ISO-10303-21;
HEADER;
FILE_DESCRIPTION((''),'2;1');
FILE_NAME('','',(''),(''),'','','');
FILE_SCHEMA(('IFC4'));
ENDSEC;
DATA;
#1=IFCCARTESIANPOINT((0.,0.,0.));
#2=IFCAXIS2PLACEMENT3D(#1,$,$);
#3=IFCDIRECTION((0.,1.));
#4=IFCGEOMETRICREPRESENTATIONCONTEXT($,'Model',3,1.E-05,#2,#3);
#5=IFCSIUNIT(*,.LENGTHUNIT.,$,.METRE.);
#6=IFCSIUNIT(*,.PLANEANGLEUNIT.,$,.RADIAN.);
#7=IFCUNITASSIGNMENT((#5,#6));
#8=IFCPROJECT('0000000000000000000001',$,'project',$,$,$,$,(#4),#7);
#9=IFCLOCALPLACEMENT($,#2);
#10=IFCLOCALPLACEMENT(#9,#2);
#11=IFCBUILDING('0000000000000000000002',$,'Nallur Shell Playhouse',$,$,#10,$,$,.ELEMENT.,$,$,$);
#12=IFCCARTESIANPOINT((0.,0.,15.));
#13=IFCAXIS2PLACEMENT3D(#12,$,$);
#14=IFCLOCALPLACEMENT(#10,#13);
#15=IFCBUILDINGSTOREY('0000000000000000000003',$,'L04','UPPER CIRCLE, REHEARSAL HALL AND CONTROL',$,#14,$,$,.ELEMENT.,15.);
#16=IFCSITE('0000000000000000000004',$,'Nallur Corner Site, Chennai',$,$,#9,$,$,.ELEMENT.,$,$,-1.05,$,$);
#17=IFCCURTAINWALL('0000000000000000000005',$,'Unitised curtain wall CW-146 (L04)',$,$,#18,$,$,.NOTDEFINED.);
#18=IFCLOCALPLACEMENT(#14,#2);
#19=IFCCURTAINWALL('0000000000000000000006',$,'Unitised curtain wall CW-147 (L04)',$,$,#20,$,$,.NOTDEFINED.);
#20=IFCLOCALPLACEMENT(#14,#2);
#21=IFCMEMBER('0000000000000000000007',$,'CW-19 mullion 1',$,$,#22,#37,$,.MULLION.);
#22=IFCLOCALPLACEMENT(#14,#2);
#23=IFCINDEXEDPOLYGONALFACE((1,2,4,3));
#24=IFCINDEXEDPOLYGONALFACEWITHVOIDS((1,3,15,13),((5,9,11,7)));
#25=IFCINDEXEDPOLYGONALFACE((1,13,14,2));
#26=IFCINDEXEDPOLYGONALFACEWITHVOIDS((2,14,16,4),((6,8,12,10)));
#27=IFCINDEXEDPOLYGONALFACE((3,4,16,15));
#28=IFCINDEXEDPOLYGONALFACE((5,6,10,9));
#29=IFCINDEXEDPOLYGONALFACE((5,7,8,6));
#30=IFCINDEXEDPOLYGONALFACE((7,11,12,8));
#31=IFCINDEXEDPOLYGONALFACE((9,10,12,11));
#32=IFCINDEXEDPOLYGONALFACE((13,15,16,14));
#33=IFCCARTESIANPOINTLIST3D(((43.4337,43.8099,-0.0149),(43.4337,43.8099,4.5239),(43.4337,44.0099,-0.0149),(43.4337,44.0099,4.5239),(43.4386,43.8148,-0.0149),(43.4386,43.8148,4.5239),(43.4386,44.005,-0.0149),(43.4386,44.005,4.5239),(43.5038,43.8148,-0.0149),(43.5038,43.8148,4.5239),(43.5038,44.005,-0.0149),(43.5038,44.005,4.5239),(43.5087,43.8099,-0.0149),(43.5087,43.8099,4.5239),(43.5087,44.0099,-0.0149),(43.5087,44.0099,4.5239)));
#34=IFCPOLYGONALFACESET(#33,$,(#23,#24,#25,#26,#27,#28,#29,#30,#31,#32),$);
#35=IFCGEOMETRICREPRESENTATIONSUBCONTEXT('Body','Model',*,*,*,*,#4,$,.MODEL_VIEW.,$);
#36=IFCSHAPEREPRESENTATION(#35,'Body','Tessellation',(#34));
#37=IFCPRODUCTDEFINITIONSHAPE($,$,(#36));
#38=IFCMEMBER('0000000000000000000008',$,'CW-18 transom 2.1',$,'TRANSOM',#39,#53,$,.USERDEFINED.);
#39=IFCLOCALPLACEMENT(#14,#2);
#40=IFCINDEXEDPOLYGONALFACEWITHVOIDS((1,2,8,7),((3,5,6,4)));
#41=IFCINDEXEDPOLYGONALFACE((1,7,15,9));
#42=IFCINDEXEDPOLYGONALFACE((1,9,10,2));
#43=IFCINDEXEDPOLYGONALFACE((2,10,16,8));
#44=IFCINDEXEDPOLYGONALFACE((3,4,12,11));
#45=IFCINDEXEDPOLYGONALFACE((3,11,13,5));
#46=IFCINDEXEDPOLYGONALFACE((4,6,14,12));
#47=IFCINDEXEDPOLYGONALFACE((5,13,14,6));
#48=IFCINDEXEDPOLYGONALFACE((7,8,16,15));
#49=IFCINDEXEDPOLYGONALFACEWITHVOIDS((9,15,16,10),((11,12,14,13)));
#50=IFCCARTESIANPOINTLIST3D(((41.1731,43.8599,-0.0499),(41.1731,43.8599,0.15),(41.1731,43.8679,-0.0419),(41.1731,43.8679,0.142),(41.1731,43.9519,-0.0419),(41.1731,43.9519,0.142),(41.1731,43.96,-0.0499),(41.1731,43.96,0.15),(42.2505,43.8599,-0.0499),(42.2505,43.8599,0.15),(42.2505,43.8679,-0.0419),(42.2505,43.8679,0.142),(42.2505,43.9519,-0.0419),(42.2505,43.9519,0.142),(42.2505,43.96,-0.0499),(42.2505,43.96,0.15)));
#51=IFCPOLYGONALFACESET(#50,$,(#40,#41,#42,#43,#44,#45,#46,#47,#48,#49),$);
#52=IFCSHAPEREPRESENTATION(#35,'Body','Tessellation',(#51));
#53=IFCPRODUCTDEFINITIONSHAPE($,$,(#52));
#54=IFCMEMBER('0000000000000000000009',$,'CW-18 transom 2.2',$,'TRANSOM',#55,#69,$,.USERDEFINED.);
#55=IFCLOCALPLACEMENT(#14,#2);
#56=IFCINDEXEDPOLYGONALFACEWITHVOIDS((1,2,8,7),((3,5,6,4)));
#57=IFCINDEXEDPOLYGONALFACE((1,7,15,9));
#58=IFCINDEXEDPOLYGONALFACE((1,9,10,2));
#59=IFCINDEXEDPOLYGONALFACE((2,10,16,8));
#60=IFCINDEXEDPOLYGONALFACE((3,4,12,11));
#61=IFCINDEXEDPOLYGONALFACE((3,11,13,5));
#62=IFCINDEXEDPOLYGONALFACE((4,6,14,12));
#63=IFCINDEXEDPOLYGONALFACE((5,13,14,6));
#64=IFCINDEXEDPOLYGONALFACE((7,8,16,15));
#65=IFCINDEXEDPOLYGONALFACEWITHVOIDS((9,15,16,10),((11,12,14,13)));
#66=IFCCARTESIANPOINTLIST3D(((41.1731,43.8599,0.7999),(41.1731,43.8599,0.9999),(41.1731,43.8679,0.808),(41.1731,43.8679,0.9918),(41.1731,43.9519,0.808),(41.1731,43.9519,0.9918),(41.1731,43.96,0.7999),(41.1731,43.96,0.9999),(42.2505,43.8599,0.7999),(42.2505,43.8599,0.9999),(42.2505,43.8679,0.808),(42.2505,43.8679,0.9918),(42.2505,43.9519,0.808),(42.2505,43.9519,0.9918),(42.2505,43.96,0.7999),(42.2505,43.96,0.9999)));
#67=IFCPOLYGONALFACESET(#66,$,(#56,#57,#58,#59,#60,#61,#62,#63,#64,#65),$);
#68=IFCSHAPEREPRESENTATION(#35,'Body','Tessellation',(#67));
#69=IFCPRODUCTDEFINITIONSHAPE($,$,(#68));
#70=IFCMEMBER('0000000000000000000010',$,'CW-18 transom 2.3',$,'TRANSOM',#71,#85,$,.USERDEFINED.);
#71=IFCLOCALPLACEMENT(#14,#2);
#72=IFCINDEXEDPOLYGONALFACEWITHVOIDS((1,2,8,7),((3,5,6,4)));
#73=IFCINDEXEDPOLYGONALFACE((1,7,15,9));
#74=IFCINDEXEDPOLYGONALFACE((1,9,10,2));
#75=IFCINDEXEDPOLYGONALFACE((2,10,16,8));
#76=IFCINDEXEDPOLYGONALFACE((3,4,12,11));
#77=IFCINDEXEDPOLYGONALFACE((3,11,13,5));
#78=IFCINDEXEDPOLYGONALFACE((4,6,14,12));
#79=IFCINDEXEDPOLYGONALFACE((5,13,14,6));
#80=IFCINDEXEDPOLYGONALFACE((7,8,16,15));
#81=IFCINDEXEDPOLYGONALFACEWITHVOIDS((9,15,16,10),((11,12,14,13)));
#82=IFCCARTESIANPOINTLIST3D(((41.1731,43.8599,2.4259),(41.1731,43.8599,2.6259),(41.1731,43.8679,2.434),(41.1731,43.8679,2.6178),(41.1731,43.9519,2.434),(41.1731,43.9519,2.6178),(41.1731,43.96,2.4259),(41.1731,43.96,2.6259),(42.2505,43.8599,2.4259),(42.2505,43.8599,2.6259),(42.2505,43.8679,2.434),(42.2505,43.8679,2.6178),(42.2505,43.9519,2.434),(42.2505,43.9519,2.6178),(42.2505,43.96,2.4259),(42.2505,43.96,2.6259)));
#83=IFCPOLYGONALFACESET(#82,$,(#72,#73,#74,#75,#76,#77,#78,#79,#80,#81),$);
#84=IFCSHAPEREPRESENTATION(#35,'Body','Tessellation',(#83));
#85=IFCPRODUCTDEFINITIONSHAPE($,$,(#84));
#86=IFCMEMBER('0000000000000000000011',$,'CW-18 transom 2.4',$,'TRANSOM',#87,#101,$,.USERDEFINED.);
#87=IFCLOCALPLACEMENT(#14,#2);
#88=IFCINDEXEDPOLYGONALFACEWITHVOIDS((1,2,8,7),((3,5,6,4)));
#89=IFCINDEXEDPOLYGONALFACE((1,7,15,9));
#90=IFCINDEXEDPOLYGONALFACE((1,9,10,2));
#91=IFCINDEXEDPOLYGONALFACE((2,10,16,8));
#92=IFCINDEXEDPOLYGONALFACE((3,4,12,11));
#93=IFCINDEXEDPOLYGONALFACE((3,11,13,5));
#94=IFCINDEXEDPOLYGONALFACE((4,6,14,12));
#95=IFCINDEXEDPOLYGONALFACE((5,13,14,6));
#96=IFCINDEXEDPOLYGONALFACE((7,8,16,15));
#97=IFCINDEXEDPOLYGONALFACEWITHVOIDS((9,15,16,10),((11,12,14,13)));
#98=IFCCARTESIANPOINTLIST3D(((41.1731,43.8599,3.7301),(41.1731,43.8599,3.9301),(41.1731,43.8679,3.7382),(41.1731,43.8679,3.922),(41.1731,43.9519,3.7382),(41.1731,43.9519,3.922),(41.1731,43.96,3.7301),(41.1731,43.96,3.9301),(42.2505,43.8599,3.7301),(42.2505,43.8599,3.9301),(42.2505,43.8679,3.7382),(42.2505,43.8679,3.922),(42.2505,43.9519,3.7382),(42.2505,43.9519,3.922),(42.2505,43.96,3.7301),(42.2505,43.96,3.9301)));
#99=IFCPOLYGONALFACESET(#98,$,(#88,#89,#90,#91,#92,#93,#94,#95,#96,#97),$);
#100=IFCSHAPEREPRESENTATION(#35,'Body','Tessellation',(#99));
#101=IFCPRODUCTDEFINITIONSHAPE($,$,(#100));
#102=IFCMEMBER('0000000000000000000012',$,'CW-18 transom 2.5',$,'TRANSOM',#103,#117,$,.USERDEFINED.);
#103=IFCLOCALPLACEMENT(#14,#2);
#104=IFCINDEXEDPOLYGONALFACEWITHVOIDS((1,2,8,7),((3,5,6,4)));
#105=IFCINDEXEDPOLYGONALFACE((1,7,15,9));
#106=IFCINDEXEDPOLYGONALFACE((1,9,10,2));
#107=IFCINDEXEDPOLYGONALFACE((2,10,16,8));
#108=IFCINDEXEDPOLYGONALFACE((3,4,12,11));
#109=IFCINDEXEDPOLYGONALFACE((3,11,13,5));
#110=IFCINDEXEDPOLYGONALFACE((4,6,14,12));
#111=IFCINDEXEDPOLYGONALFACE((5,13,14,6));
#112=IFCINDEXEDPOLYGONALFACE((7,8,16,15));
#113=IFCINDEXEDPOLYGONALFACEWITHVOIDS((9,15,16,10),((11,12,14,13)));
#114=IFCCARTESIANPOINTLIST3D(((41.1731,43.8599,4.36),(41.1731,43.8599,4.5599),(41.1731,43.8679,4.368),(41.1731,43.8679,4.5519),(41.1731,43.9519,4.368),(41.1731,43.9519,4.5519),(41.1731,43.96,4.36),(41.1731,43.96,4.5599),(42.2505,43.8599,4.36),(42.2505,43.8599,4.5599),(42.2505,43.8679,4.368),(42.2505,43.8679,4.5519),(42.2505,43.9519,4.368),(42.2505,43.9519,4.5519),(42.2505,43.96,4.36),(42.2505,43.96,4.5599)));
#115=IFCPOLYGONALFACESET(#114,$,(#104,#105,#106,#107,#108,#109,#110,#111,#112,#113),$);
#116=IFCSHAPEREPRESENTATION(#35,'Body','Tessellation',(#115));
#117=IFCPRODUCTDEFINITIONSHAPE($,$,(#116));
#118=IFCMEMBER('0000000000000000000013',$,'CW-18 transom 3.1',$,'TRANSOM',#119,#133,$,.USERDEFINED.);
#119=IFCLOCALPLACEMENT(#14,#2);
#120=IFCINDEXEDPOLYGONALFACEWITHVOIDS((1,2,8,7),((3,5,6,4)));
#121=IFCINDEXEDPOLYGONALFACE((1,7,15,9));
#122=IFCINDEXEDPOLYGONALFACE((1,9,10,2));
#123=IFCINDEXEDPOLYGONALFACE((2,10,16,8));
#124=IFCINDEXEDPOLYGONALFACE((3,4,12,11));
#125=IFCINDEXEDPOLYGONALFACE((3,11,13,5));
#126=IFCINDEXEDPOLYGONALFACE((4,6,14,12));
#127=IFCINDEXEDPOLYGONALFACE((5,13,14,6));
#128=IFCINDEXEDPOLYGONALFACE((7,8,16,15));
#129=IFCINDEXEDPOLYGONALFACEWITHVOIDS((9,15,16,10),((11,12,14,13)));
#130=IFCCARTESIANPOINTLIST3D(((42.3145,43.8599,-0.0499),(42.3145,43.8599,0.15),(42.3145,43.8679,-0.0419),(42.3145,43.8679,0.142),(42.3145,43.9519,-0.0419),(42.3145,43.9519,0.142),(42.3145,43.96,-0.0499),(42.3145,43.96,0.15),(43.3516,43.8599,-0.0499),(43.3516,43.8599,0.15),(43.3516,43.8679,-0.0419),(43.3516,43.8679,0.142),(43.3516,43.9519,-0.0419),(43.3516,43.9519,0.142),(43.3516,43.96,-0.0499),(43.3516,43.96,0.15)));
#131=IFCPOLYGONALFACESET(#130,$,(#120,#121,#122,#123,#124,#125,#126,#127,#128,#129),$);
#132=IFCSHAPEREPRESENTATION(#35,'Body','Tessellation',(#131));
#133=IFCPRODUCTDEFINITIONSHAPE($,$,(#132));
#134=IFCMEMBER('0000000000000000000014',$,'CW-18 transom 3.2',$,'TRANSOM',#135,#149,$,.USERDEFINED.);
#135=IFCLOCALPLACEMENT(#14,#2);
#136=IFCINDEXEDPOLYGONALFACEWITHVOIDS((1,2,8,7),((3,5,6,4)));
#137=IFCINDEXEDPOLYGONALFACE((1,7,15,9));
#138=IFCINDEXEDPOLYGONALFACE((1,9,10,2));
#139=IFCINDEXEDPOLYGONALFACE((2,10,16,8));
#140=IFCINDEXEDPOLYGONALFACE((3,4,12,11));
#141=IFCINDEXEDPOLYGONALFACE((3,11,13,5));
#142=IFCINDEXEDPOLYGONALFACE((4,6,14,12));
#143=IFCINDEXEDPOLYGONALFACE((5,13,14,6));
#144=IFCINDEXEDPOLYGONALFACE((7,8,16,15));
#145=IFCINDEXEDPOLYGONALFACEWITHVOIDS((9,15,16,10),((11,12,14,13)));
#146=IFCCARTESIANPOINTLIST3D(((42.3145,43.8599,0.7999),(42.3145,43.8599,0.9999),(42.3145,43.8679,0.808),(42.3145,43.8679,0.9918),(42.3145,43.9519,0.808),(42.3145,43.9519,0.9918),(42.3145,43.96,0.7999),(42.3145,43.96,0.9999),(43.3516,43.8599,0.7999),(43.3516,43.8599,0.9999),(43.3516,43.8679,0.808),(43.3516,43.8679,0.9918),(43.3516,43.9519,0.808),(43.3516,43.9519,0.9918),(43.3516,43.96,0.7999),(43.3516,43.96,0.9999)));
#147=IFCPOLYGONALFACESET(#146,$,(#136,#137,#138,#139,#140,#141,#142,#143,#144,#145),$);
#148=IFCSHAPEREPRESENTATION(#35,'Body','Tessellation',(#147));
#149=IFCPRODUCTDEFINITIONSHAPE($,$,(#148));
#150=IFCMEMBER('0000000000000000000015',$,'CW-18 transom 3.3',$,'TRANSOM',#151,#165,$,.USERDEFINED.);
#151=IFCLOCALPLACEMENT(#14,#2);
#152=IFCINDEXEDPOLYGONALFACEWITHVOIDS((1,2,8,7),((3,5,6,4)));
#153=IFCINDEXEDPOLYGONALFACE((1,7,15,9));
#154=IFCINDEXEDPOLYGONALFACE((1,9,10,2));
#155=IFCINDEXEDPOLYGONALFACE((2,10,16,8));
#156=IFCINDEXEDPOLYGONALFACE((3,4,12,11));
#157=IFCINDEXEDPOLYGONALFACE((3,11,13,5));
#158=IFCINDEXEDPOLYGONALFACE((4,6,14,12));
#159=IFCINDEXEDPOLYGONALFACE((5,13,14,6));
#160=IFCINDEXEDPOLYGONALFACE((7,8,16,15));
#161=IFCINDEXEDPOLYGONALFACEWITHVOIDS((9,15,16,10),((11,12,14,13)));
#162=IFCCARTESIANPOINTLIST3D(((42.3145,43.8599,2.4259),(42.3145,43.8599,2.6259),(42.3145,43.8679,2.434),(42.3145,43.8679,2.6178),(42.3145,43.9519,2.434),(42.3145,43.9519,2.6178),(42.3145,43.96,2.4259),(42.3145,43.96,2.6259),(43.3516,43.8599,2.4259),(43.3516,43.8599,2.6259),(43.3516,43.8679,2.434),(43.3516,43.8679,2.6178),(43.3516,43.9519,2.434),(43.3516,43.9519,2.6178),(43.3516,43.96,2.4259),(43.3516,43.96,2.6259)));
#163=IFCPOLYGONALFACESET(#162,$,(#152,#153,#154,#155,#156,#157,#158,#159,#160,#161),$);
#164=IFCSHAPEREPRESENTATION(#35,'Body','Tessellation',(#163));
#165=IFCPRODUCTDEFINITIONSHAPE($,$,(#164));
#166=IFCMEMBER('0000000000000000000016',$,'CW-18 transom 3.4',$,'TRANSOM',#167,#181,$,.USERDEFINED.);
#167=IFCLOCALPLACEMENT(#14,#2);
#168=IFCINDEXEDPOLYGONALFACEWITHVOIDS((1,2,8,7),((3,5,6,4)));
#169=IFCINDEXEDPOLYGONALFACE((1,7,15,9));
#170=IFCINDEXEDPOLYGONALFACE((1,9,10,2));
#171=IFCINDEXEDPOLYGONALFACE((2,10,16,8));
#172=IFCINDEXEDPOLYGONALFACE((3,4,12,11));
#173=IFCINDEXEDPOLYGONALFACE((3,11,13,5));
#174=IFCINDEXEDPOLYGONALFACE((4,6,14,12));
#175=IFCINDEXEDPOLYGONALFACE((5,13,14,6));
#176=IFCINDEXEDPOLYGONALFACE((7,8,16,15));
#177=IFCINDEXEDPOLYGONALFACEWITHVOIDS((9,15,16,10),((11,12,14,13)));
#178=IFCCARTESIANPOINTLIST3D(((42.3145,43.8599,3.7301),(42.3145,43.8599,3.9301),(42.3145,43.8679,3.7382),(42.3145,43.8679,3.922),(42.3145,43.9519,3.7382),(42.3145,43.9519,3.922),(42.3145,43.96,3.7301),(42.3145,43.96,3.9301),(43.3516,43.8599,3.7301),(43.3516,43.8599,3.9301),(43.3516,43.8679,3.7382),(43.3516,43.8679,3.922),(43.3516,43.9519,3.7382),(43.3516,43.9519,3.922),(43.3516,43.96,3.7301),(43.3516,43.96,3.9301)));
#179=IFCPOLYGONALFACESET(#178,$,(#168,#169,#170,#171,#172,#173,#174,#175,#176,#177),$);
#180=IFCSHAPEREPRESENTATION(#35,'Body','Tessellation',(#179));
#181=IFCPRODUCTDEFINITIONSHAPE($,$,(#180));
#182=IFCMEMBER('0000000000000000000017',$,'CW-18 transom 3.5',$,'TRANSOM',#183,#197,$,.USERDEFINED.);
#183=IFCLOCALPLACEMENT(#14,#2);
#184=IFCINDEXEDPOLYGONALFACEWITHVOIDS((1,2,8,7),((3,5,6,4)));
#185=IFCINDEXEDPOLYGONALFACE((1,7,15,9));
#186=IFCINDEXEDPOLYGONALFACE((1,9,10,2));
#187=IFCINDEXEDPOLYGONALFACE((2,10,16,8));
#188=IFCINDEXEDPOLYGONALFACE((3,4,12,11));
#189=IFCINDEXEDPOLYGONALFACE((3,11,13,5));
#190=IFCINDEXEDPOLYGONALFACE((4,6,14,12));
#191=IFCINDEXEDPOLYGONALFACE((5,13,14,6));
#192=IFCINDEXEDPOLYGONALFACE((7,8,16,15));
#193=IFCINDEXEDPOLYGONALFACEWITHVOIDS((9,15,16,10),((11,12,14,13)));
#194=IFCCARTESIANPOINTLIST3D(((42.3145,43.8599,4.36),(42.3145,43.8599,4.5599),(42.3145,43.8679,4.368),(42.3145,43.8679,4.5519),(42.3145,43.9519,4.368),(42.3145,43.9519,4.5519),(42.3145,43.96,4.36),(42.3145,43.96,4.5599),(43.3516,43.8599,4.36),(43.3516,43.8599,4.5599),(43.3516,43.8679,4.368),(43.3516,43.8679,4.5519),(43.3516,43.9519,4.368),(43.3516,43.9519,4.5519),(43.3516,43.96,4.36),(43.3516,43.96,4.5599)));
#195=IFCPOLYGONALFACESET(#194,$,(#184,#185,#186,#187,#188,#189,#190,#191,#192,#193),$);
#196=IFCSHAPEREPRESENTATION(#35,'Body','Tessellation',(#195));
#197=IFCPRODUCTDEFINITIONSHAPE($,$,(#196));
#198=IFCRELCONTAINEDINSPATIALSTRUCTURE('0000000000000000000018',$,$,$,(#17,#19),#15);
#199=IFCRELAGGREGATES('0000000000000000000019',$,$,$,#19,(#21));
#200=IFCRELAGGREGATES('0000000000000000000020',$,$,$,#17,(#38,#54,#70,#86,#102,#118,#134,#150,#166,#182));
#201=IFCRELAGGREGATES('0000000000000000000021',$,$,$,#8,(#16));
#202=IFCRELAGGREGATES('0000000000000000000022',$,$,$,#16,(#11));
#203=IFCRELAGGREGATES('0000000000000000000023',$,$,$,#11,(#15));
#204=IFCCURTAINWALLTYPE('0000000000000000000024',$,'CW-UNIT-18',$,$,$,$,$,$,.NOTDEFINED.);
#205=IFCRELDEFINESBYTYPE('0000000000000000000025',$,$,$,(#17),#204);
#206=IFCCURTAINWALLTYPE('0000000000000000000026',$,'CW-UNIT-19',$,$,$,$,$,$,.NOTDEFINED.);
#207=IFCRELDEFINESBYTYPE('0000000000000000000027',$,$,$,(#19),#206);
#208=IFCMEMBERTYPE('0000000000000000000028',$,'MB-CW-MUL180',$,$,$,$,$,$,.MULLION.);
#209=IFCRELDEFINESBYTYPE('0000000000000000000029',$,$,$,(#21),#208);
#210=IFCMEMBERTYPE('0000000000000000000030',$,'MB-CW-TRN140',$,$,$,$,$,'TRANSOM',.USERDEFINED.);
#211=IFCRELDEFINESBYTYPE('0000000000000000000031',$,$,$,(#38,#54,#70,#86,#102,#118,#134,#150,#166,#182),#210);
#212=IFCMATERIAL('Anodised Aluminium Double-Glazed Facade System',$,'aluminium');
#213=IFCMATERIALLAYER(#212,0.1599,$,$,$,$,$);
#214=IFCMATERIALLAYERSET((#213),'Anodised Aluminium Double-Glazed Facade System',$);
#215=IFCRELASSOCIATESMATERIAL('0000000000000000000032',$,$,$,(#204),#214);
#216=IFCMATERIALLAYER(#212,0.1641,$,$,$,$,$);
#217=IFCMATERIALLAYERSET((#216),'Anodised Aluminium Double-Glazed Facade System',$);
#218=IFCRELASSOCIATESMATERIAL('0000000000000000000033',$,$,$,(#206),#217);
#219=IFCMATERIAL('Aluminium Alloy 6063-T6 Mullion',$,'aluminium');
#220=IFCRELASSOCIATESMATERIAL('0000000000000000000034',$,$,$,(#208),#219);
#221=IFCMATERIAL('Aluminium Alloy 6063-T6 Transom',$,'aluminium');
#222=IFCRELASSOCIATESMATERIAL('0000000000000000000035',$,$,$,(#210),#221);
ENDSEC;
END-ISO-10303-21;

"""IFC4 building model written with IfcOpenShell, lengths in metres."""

from ifc_helpers import new_model, si_unit, direction, frame, origin, origin_2d, place, context, subcontext, project, spatial, hollow_rectangle, extrude, material, layer, layer_set, material_profile, profile_set, type_object, element, aggregate, save


model = new_model("IFC4")

# Units and contexts
model_context = context("Model", 3, precision=1e-05, world=origin(), true_north=direction((0.0, 1.0)))
body_context = subcontext(model_context, "Body", "Model", "MODEL_VIEW")
ifc_project = project(units=[si_unit("LENGTHUNIT", "METRE"), si_unit("PLANEANGLEUNIT", "RADIAN")], contexts=[model_context])

# Site, building, storey
site_placement = place(None, origin())
site = spatial("IfcSite", under=ifc_project, at=site_placement, Name="Nallur Corner Site, Chennai", CompositionType="ELEMENT", RefElevation=-1.05)
building_placement = place(site_placement, origin())
building = spatial("IfcBuilding", under=site, at=building_placement, Name="Nallur Shell Playhouse", CompositionType="ELEMENT")
storey_placement = place(building_placement, frame((0.0, 0.0, 15.0)))
storey = spatial("IfcBuildingStorey", under=building, at=storey_placement, Name="L04", Description="UPPER CIRCLE, REHEARSAL HALL AND CONTROL", CompositionType="ELEMENT", Elevation=15.0)

# Curtain wall
ifc_material_1 = material(Name="Anodised Aluminium Double-Glazed Facade System", Category="aluminium")
ifc_layer_1 = layer(ifc_material_1, 0.1599)
ifc_layer_set_1 = layer_set([ifc_layer_1], Name="Anodised Aluminium Double-Glazed Facade System")
curtain_wall_type_1 = type_object("IfcCurtainWallType", Name="CW-UNIT-18", PredefinedType="NOTDEFINED", material=ifc_layer_set_1)
curtain_wall_1_placement = place(storey_placement, origin())
curtain_wall_1 = element("IfcCurtainWall", 1, at=curtain_wall_1_placement, inside=storey, type_object=curtain_wall_type_1, Name="Unitised curtain wall CW-146 (L04)", PredefinedType="NOTDEFINED")
ifc_material_2 = material(Name="Aluminium Alloy 6063-T6 Mullion", Category="aluminium")

# Curtain wall, member
ifc_layer_2 = layer(ifc_material_1, 0.1641)
ifc_layer_set_2 = layer_set([ifc_layer_2], Name="Anodised Aluminium Double-Glazed Facade System")
curtain_wall_type_2 = type_object("IfcCurtainWallType", Name="CW-UNIT-19", PredefinedType="NOTDEFINED", material=ifc_layer_set_2)
curtain_wall_2_placement = place(storey_placement, origin())
curtain_wall_2 = element("IfcCurtainWall", 2, at=curtain_wall_2_placement, inside=storey, type_object=curtain_wall_type_2, Name="Unitised curtain wall CW-147 (L04)", PredefinedType="NOTDEFINED")
ifc_material_profile_1 = material_profile(ifc_material_2, hollow_rectangle(XDim=0.075, YDim=0.2, WallThickness=0.0049, at=origin_2d()), Name="ALU 75x200x5")
ifc_profile_set_1 = profile_set([ifc_material_profile_1], Name="Aluminium Alloy 6063-T6 Mullion")
member_type_1 = type_object("IfcMemberType", Name="MB-CW-MUL180", PredefinedType="MULLION", material=ifc_profile_set_1)
member_1_placement = place(storey_placement, frame((43.4712, 43.9099, -0.0149), z_axis=(0.0, 0.0, 1.0), x_axis=(1.0, 0.0, 0.0)))
member_1 = element("IfcMember", 3, at=member_1_placement, type_object=member_type_1, Name="CW-19 mullion 1", PredefinedType="MULLION", context=body_context, shape_type="SweptSolid", body=[
    extrude(hollow_rectangle(XDim=0.075, YDim=0.2, WallThickness=0.0049, at=origin_2d()), origin(), (0.0, 0.0, 1.0), 4.5388),
])
aggregate(curtain_wall_2, [member_1])

# Members
ifc_material_3 = material(Name="Aluminium Alloy 6063-T6 Transom", Category="aluminium")
ifc_material_profile_2 = material_profile(ifc_material_3, hollow_rectangle(XDim=0.1001, YDim=0.2, WallThickness=0.0081, at=origin_2d()), Name="RHS 200x100x8")
ifc_profile_set_2 = profile_set([ifc_material_profile_2], Name="Aluminium Alloy 6063-T6 Transom")
member_type_2 = type_object("IfcMemberType", Name="MB-CW-TRN140", ElementType="TRANSOM", PredefinedType="USERDEFINED", material=ifc_profile_set_2)
member_2_placement = place(storey_placement, frame((41.1731, 43.9099, 0.05), z_axis=(1.0, 0.0, 0.0), x_axis=(0.0, 1.0, 0.0)))
member_2 = element("IfcMember", 4, at=member_2_placement, type_object=member_type_2, Name="CW-18 transom 2.1", ObjectType="TRANSOM", PredefinedType="USERDEFINED", context=body_context, shape_type="SweptSolid", body=[
    extrude(hollow_rectangle(XDim=0.1001, YDim=0.2, WallThickness=0.0081, at=origin_2d()), origin(), (0.0, 0.0, 1.0), 1.0774),
])
member_3_placement = place(storey_placement, frame((41.1731, 43.9099, 0.8999), z_axis=(1.0, 0.0, 0.0), x_axis=(0.0, 1.0, 0.0)))
member_3 = element("IfcMember", 5, at=member_3_placement, type_object=member_type_2, Name="CW-18 transom 2.2", ObjectType="TRANSOM", PredefinedType="USERDEFINED", context=body_context, shape_type="SweptSolid", body=[
    extrude(hollow_rectangle(XDim=0.1001, YDim=0.2, WallThickness=0.0081, at=origin_2d()), origin(), (0.0, 0.0, 1.0), 1.0774),
])
member_4_placement = place(storey_placement, frame((41.1731, 43.9099, 2.5259), z_axis=(1.0, 0.0, 0.0), x_axis=(0.0, 1.0, 0.0)))
member_4 = element("IfcMember", 6, at=member_4_placement, type_object=member_type_2, Name="CW-18 transom 2.3", ObjectType="TRANSOM", PredefinedType="USERDEFINED", context=body_context, shape_type="SweptSolid", body=[
    extrude(hollow_rectangle(XDim=0.1001, YDim=0.2, WallThickness=0.0081, at=origin_2d()), origin(), (0.0, 0.0, 1.0), 1.0774),
])
member_5_placement = place(storey_placement, frame((41.1731, 43.9099, 3.8301), z_axis=(1.0, 0.0, 0.0), x_axis=(0.0, 1.0, 0.0)))
member_5 = element("IfcMember", 7, at=member_5_placement, type_object=member_type_2, Name="CW-18 transom 2.4", ObjectType="TRANSOM", PredefinedType="USERDEFINED", context=body_context, shape_type="SweptSolid", body=[
    extrude(hollow_rectangle(XDim=0.1001, YDim=0.2, WallThickness=0.0081, at=origin_2d()), origin(), (0.0, 0.0, 1.0), 1.0774),
])
member_6_placement = place(storey_placement, frame((41.1731, 43.9099, 4.46), z_axis=(1.0, 0.0, 0.0), x_axis=(0.0, 1.0, 0.0)))
member_6 = element("IfcMember", 8, at=member_6_placement, type_object=member_type_2, Name="CW-18 transom 2.5", ObjectType="TRANSOM", PredefinedType="USERDEFINED", context=body_context, shape_type="SweptSolid", body=[
    extrude(hollow_rectangle(XDim=0.1001, YDim=0.2, WallThickness=0.0081, at=origin_2d()), origin(), (0.0, 0.0, 1.0), 1.0774),
])
member_7_placement = place(storey_placement, frame((42.3145, 43.9099, 0.05), z_axis=(1.0, 0.0, 0.0), x_axis=(0.0, 1.0, 0.0)))
member_7 = element("IfcMember", 9, at=member_7_placement, type_object=member_type_2, Name="CW-18 transom 3.1", ObjectType="TRANSOM", PredefinedType="USERDEFINED", context=body_context, shape_type="SweptSolid", body=[
    extrude(hollow_rectangle(XDim=0.1001, YDim=0.2, WallThickness=0.0081, at=origin_2d()), origin(), (0.0, 0.0, 1.0), 1.0371),
])
member_8_placement = place(storey_placement, frame((42.3145, 43.9099, 0.8999), z_axis=(1.0, 0.0, 0.0), x_axis=(0.0, 1.0, 0.0)))
member_8 = element("IfcMember", 10, at=member_8_placement, type_object=member_type_2, Name="CW-18 transom 3.2", ObjectType="TRANSOM", PredefinedType="USERDEFINED", context=body_context, shape_type="SweptSolid", body=[
    extrude(hollow_rectangle(XDim=0.1001, YDim=0.2, WallThickness=0.0081, at=origin_2d()), origin(), (0.0, 0.0, 1.0), 1.0371),
])
member_9_placement = place(storey_placement, frame((42.3145, 43.9099, 2.5259), z_axis=(1.0, 0.0, 0.0), x_axis=(0.0, 1.0, 0.0)))
member_9 = element("IfcMember", 11, at=member_9_placement, type_object=member_type_2, Name="CW-18 transom 3.3", ObjectType="TRANSOM", PredefinedType="USERDEFINED", context=body_context, shape_type="SweptSolid", body=[
    extrude(hollow_rectangle(XDim=0.1001, YDim=0.2, WallThickness=0.0081, at=origin_2d()), origin(), (0.0, 0.0, 1.0), 1.0371),
])
member_10_placement = place(storey_placement, frame((42.3145, 43.9099, 3.8301), z_axis=(1.0, 0.0, 0.0), x_axis=(0.0, 1.0, 0.0)))
member_10 = element("IfcMember", 12, at=member_10_placement, type_object=member_type_2, Name="CW-18 transom 3.4", ObjectType="TRANSOM", PredefinedType="USERDEFINED", context=body_context, shape_type="SweptSolid", body=[
    extrude(hollow_rectangle(XDim=0.1001, YDim=0.2, WallThickness=0.0081, at=origin_2d()), origin(), (0.0, 0.0, 1.0), 1.0371),
])
member_11_placement = place(storey_placement, frame((42.3145, 43.9099, 4.46), z_axis=(1.0, 0.0, 0.0), x_axis=(0.0, 1.0, 0.0)))
member_11 = element("IfcMember", 13, at=member_11_placement, type_object=member_type_2, Name="CW-18 transom 3.5", ObjectType="TRANSOM", PredefinedType="USERDEFINED", context=body_context, shape_type="SweptSolid", body=[
    extrude(hollow_rectangle(XDim=0.1001, YDim=0.2, WallThickness=0.0081, at=origin_2d()), origin(), (0.0, 0.0, 1.0), 1.0371),
])

aggregate(curtain_wall_1, [member_2, member_3, member_4, member_5, member_6, member_7, member_8, member_9, member_10, member_11])

save(model, "model.ifc")
